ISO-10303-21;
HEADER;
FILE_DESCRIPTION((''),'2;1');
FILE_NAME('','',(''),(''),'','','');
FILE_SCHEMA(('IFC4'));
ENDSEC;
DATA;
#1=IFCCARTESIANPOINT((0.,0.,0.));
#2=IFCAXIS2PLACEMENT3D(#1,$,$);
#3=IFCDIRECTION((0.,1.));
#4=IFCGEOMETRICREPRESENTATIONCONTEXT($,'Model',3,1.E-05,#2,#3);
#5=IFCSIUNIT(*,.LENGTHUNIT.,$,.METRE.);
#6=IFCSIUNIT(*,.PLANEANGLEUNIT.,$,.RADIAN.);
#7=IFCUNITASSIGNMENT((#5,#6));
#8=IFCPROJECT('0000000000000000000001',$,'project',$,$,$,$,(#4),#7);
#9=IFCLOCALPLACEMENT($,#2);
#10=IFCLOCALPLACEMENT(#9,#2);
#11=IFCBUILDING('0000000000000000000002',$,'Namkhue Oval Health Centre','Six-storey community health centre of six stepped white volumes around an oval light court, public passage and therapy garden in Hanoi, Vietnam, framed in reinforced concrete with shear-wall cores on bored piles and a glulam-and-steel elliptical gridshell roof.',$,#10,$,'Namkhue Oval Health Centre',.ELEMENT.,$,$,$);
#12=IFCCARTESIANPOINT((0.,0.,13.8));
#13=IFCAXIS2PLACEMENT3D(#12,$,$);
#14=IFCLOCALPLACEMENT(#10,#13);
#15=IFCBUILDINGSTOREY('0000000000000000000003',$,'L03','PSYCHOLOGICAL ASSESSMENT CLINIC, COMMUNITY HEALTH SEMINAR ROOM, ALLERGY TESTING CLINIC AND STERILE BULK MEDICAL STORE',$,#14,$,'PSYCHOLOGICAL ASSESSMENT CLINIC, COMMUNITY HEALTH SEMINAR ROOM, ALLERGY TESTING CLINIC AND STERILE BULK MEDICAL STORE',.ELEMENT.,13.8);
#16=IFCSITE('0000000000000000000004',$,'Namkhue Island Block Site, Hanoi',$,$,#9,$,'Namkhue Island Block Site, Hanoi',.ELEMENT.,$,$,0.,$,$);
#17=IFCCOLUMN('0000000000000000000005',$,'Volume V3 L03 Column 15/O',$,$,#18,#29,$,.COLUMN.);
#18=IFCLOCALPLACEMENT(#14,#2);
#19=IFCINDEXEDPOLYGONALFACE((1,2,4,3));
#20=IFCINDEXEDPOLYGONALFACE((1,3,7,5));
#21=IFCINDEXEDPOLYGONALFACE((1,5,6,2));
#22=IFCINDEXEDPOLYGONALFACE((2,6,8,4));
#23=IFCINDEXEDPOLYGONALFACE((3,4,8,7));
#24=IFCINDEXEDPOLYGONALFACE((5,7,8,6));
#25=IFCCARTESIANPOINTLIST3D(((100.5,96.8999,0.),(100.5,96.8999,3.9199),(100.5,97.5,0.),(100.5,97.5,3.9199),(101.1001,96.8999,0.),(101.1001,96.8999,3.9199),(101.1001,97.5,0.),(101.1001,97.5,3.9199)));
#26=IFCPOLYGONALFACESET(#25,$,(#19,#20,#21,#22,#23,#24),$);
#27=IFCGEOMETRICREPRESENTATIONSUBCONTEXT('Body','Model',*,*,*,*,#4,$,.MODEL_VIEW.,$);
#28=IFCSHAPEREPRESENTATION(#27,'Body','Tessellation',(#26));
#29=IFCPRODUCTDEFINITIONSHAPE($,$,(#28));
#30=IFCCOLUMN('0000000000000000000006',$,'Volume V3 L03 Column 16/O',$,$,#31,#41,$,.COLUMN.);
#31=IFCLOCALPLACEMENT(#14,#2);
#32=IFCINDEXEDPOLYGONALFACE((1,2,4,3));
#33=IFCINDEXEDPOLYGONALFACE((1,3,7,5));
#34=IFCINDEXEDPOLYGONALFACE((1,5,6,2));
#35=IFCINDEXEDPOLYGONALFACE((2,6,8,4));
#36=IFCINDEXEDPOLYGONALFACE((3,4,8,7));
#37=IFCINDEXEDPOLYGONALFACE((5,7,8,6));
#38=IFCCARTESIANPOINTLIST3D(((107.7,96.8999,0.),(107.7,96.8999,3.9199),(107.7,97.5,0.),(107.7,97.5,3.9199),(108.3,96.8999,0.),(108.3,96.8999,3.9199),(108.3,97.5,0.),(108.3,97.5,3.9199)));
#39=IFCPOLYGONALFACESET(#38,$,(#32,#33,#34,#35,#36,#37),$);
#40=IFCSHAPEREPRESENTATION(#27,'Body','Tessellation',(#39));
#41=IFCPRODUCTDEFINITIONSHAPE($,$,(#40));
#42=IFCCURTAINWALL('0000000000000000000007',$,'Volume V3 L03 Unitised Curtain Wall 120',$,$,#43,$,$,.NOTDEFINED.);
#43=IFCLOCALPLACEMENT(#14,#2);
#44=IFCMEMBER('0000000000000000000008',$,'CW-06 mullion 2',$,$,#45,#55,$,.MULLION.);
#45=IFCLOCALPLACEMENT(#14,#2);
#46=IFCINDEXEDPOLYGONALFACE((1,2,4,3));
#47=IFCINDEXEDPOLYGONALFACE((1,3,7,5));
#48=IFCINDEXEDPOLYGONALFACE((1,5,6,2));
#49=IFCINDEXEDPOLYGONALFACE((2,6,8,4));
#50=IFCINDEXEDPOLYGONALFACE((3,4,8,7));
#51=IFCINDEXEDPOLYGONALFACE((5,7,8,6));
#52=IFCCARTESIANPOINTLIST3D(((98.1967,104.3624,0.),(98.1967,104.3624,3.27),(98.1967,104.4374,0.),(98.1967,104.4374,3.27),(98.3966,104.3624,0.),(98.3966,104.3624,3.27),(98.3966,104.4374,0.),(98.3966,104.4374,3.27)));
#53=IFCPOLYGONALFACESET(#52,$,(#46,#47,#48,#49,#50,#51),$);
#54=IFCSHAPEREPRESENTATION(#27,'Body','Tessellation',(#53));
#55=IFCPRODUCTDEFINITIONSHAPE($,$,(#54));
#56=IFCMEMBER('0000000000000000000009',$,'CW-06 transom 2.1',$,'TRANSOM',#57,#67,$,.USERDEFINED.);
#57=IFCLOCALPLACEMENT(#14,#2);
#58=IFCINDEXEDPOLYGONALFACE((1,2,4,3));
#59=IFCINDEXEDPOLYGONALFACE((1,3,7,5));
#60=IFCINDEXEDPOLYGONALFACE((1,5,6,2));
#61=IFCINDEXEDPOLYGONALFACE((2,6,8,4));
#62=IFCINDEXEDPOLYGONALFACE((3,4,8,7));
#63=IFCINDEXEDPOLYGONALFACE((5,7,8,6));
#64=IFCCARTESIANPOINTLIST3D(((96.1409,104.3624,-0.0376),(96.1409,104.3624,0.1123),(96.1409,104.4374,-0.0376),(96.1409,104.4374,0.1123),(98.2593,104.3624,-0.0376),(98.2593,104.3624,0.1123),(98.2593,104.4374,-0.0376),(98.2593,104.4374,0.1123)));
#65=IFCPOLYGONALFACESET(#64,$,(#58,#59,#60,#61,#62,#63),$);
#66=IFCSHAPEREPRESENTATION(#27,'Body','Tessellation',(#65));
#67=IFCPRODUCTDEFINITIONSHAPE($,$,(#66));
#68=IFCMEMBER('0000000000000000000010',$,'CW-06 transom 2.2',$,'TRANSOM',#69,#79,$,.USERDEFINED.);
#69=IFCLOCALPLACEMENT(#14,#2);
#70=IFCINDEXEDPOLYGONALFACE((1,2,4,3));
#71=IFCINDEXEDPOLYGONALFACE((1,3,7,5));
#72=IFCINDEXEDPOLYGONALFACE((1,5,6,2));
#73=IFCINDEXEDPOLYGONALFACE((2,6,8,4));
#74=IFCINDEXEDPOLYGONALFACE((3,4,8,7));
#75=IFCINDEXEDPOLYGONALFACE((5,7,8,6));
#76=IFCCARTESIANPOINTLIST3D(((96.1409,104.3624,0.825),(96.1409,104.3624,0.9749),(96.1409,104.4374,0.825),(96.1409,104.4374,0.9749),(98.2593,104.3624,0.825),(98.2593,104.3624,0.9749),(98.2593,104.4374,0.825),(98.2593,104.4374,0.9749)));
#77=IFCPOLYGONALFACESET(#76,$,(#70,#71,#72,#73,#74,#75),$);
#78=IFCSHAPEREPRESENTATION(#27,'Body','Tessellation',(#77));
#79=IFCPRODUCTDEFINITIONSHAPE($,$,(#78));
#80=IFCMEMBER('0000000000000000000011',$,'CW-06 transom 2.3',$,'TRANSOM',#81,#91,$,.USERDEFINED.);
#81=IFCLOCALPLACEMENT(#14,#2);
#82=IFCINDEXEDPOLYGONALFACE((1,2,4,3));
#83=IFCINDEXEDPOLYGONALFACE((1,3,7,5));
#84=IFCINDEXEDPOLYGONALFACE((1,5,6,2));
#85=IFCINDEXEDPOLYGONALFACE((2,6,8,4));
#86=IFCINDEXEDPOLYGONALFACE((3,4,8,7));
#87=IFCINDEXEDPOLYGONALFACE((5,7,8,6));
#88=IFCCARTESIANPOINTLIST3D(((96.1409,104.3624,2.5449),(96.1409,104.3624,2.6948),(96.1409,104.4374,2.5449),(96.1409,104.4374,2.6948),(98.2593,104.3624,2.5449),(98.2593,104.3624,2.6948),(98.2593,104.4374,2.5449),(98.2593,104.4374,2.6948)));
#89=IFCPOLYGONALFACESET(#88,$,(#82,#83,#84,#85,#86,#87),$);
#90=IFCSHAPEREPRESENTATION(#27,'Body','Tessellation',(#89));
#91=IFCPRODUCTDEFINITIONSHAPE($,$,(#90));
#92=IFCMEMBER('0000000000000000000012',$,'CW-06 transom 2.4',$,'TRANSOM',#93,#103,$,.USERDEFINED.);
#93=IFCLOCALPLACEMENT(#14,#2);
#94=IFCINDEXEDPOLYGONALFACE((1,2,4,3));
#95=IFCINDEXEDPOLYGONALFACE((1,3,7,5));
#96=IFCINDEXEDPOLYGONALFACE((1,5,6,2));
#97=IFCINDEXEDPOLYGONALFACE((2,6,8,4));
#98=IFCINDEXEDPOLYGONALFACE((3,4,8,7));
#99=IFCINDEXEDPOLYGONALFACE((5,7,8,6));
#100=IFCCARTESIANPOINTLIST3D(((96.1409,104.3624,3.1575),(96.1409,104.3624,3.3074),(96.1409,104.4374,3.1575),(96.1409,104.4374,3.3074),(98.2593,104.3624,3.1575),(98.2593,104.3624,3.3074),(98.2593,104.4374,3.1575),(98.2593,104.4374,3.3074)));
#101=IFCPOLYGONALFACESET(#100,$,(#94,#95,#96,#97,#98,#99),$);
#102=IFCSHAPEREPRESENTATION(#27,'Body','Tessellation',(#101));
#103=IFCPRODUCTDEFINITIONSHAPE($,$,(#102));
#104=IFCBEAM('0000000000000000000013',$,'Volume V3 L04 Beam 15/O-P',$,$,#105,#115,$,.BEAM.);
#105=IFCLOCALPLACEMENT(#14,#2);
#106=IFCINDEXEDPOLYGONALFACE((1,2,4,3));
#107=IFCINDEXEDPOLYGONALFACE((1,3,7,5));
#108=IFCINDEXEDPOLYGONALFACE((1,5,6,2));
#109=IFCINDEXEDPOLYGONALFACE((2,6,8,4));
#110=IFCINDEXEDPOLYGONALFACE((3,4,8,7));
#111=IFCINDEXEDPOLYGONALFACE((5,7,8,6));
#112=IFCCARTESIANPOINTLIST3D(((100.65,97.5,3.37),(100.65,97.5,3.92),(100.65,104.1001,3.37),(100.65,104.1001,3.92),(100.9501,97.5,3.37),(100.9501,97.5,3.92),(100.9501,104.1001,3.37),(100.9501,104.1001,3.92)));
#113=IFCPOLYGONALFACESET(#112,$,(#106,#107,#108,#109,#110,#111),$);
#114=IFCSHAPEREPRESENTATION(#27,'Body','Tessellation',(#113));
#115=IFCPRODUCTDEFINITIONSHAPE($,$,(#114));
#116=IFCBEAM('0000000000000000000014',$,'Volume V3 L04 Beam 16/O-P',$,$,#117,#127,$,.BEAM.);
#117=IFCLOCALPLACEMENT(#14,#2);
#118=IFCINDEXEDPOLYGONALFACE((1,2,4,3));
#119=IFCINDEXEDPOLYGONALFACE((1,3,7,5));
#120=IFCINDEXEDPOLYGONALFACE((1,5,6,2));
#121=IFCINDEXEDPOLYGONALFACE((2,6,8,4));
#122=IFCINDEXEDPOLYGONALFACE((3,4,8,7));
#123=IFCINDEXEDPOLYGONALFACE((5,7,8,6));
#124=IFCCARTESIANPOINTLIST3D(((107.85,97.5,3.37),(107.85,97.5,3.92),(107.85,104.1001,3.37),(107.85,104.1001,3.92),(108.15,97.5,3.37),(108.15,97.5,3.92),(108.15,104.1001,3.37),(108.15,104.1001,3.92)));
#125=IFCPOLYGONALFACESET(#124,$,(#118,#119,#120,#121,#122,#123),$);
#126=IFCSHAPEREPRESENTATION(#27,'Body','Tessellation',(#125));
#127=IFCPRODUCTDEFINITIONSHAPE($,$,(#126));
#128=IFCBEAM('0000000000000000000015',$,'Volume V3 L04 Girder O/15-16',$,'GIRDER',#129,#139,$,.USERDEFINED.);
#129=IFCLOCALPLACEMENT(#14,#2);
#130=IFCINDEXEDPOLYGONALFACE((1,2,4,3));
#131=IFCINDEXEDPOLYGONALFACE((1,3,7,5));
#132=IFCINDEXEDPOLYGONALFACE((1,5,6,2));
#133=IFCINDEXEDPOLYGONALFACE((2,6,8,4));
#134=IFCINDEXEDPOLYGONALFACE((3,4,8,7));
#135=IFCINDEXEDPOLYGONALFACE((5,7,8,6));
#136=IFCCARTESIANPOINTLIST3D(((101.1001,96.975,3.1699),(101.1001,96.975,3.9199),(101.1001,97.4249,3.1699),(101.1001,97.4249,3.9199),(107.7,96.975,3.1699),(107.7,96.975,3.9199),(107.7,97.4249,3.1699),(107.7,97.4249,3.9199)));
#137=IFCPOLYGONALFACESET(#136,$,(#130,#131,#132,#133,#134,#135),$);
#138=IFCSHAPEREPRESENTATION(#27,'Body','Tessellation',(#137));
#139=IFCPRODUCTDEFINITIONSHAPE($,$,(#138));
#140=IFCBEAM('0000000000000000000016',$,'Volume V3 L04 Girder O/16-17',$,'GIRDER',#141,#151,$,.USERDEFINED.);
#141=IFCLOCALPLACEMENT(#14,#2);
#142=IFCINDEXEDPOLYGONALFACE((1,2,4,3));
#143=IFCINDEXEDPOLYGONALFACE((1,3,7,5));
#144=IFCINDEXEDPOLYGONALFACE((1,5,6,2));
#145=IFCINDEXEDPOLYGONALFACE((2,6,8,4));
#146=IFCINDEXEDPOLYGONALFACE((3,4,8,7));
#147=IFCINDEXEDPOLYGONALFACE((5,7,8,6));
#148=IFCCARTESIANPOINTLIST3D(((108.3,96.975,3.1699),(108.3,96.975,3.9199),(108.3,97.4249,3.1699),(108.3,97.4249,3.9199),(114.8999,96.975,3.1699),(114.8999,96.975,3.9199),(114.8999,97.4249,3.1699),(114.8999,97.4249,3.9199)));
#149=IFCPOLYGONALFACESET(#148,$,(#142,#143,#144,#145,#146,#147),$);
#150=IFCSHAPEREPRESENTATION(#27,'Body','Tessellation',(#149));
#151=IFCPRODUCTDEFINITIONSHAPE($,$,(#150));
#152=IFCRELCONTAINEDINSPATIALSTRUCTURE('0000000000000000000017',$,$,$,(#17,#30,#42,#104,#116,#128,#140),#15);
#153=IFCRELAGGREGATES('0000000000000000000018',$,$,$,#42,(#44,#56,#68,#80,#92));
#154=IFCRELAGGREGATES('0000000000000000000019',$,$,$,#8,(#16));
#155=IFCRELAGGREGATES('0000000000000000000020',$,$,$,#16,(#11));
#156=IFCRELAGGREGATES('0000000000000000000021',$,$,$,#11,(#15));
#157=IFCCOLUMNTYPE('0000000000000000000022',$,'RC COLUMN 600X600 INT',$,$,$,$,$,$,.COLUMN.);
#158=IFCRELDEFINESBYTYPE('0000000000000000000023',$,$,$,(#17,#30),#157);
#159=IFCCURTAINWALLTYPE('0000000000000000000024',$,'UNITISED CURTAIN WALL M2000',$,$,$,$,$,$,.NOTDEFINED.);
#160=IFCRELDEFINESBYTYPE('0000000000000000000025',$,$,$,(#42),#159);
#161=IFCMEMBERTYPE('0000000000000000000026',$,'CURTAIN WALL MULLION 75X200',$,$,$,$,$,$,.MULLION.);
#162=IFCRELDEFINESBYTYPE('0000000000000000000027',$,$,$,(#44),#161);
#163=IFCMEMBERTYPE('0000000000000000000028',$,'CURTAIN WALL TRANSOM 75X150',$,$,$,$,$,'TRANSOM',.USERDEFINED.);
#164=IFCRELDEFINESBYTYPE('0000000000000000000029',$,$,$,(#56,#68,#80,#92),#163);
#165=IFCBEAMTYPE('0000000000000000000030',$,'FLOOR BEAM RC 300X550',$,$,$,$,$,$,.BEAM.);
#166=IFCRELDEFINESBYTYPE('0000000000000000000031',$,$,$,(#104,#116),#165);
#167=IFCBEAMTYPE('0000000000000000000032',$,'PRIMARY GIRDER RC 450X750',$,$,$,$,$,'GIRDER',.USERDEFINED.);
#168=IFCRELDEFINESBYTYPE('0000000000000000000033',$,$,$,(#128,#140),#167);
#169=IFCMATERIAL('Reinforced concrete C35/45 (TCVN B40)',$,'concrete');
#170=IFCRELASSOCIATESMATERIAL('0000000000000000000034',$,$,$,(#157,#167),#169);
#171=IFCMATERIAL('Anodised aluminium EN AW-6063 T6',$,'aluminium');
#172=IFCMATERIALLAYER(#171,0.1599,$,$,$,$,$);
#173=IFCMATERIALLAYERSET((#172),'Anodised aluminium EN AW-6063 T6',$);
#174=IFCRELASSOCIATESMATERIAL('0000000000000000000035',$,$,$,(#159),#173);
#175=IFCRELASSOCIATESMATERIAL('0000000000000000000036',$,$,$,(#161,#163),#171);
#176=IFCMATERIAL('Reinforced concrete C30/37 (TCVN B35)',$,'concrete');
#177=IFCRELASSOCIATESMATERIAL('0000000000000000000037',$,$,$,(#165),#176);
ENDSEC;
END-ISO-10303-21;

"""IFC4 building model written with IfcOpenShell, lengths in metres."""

from ifc_helpers import new_model, si_unit, direction, frame, origin, origin_2d, place, context, subcontext, project, spatial, rectangle, extrude, material, layer, layer_set, material_profile, profile_set, type_object, element, aggregate, save


model = new_model("IFC4")

# Units and contexts
model_context = context("Model", 3, precision=1e-05, world=origin(), true_north=direction((0.0, 1.0)))
body_context = subcontext(model_context, "Body", "Model", "MODEL_VIEW")
ifc_project = project(units=[si_unit("LENGTHUNIT", "METRE"), si_unit("PLANEANGLEUNIT", "RADIAN")], contexts=[model_context])

# Site, building, storey
site_placement = place(None, origin())
site = spatial("IfcSite", under=ifc_project, at=site_placement, Name="Namkhue Island Block Site, Hanoi", LongName="Namkhue Island Block Site, Hanoi", CompositionType="ELEMENT", RefElevation=0.0)
building_placement = place(site_placement, origin())
building = spatial("IfcBuilding", under=site, at=building_placement, Name="Namkhue Oval Health Centre", Description="Six-storey community health centre of six stepped white volumes around an oval light court, public passage and therapy garden in Hanoi, Vietnam, framed in reinforced concrete with shear-wall cores on bored piles and a glulam-and-steel elliptical gridshell roof.", LongName="Namkhue Oval Health Centre", CompositionType="ELEMENT")
storey_placement = place(building_placement, frame((0.0, 0.0, 13.8)))
storey = spatial("IfcBuildingStorey", under=building, at=storey_placement, Name="L03", Description="PSYCHOLOGICAL ASSESSMENT CLINIC, COMMUNITY HEALTH SEMINAR ROOM, ALLERGY TESTING CLINIC AND STERILE BULK MEDICAL STORE", LongName="PSYCHOLOGICAL ASSESSMENT CLINIC, COMMUNITY HEALTH SEMINAR ROOM, ALLERGY TESTING CLINIC AND STERILE BULK MEDICAL STORE", CompositionType="ELEMENT", Elevation=13.8)

# Columns
ifc_material_1 = material(Name="Reinforced concrete C35/45 (TCVN B40)", Category="concrete")
ifc_material_profile_1 = material_profile(ifc_material_1, rectangle(XDim=0.6001, YDim=0.6001, at=origin_2d()), Name="RC 600x600")
ifc_profile_set_1 = profile_set([ifc_material_profile_1], Name="Reinforced concrete C35/45 (TCVN B40)")
column_type = type_object("IfcColumnType", Name="RC COLUMN 600X600 INT", PredefinedType="COLUMN", material=ifc_profile_set_1)
for number, where, z_axis, x_axis, name in (
    (1, (100.8, 97.2, 0.0), (0.0, 0.0, 1.0), (1.0, 0.0, 0.0), "Volume V3 L03 Column 15/O"),
    (2, (108.0, 97.2, 0.0), (0.0, 0.0, 1.0), (1.0, 0.0, 0.0), "Volume V3 L03 Column 16/O"),
):
    element("IfcColumn", number, at=place(storey_placement, frame(where, z_axis=z_axis, x_axis=x_axis)), inside=storey, type_object=column_type, Name=name, PredefinedType="COLUMN", context=body_context, shape_type="SweptSolid", body=[
        extrude(rectangle(XDim=0.6001, YDim=0.6001, at=origin_2d()), origin(), (0.0, 0.0, 1.0), 3.9199),
    ])

# Curtain wall, members
ifc_material_2 = material(Name="Anodised aluminium EN AW-6063 T6", Category="aluminium")
ifc_layer_1 = layer(ifc_material_2, 0.1599)
ifc_layer_set_1 = layer_set([ifc_layer_1], Name="Anodised aluminium EN AW-6063 T6")
curtain_wall_type = type_object("IfcCurtainWallType", Name="UNITISED CURTAIN WALL M2000", PredefinedType="NOTDEFINED", material=ifc_layer_set_1)
curtain_wall_placement = place(storey_placement, origin())
curtain_wall = element("IfcCurtainWall", 3, at=curtain_wall_placement, inside=storey, type_object=curtain_wall_type, Name="Volume V3 L03 Unitised Curtain Wall 120", PredefinedType="NOTDEFINED")
ifc_material_profile_2 = material_profile(ifc_material_2, rectangle(XDim=0.075, YDim=0.2, at=origin_2d()), Name="ALU 75x200")
ifc_profile_set_2 = profile_set([ifc_material_profile_2], Name="Anodised aluminium EN AW-6063 T6")
member_type_1 = type_object("IfcMemberType", Name="CURTAIN WALL MULLION 75X200", PredefinedType="MULLION", material=ifc_profile_set_2)
member_1_placement = place(storey_placement, frame((98.2966, 104.3999, 0.0), z_axis=(0.0, 0.0, 1.0), x_axis=(0.0, -1.0, 0.0)))
member_1 = element("IfcMember", 4, at=member_1_placement, type_object=member_type_1, Name="CW-06 mullion 2", PredefinedType="MULLION", context=body_context, shape_type="SweptSolid", body=[
    extrude(rectangle(XDim=0.075, YDim=0.2, at=origin_2d()), origin(), (0.0, 0.0, 1.0), 3.27),
])
ifc_material_profile_3 = material_profile(ifc_material_2, rectangle(XDim=0.075, YDim=0.1499, at=origin_2d()), Name="ALU 75x150")
ifc_profile_set_3 = profile_set([ifc_material_profile_3], Name="Anodised aluminium EN AW-6063 T6")
member_type_2 = type_object("IfcMemberType", Name="CURTAIN WALL TRANSOM 75X150", ElementType="TRANSOM", PredefinedType="USERDEFINED", material=ifc_profile_set_3)
member_2_placement = place(storey_placement, frame((98.2593, 104.3999, 0.0374), z_axis=(-1.0, 0.0, 0.0), x_axis=(0.0, -1.0, 0.0)))
member_2 = element("IfcMember", 5, at=member_2_placement, type_object=member_type_2, Name="CW-06 transom 2.1", ObjectType="TRANSOM", PredefinedType="USERDEFINED", context=body_context, shape_type="SweptSolid", body=[
    extrude(rectangle(XDim=0.075, YDim=0.1499, at=origin_2d()), origin(), (0.0, 0.0, 1.0), 2.1184),
])
member_3_placement = place(storey_placement, frame((98.2593, 104.3999, 0.8999), z_axis=(-1.0, 0.0, 0.0), x_axis=(0.0, -1.0, 0.0)))
member_3 = element("IfcMember", 6, at=member_3_placement, type_object=member_type_2, Name="CW-06 transom 2.2", ObjectType="TRANSOM", PredefinedType="USERDEFINED", context=body_context, shape_type="SweptSolid", body=[
    extrude(rectangle(XDim=0.075, YDim=0.1499, at=origin_2d()), origin(), (0.0, 0.0, 1.0), 2.1184),
])
member_4_placement = place(storey_placement, frame((98.2593, 104.3999, 2.6199), z_axis=(-1.0, 0.0, 0.0), x_axis=(0.0, -1.0, 0.0)))
member_4 = element("IfcMember", 7, at=member_4_placement, type_object=member_type_2, Name="CW-06 transom 2.3", ObjectType="TRANSOM", PredefinedType="USERDEFINED", context=body_context, shape_type="SweptSolid", body=[
    extrude(rectangle(XDim=0.075, YDim=0.1499, at=origin_2d()), origin(), (0.0, 0.0, 1.0), 2.1184),
])
member_5_placement = place(storey_placement, frame((98.2593, 104.3999, 3.2324), z_axis=(-1.0, 0.0, 0.0), x_axis=(0.0, -1.0, 0.0)))
member_5 = element("IfcMember", 8, at=member_5_placement, type_object=member_type_2, Name="CW-06 transom 2.4", ObjectType="TRANSOM", PredefinedType="USERDEFINED", context=body_context, shape_type="SweptSolid", body=[
    extrude(rectangle(XDim=0.075, YDim=0.1499, at=origin_2d()), origin(), (0.0, 0.0, 1.0), 2.1184),
])

# Beams
ifc_material_3 = material(Name="Reinforced concrete C30/37 (TCVN B35)", Category="concrete")
ifc_material_profile_4 = material_profile(ifc_material_3, rectangle(XDim=0.3, YDim=0.55, at=origin_2d()), Name="RC 300x550")
ifc_profile_set_4 = profile_set([ifc_material_profile_4], Name="Reinforced concrete C30/37 (TCVN B35)")
beam_type_1 = type_object("IfcBeamType", Name="FLOOR BEAM RC 300X550", PredefinedType="BEAM", material=ifc_profile_set_4)
for number, where, z_axis, x_axis, name in (
    (9, (100.8, 97.5, 3.645), (0.0, 1.0, 0.0), (-1.0, 0.0, 0.0), "Volume V3 L04 Beam 15/O-P"),
    (10, (108.0, 97.5, 3.645), (0.0, 1.0, 0.0), (-1.0, 0.0, 0.0), "Volume V3 L04 Beam 16/O-P"),
):
    element("IfcBeam", number, at=place(storey_placement, frame(where, z_axis=z_axis, x_axis=x_axis)), inside=storey, type_object=beam_type_1, Name=name, PredefinedType="BEAM", context=body_context, shape_type="SweptSolid", body=[
        extrude(rectangle(XDim=0.3, YDim=0.55, at=origin_2d()), origin(), (0.0, 0.0, 1.0), 6.6001),
    ])
ifc_material_profile_5 = material_profile(ifc_material_1, rectangle(XDim=0.45, YDim=0.75, at=origin_2d()), Name="RC 450x750")
ifc_profile_set_5 = profile_set([ifc_material_profile_5], Name="Reinforced concrete C35/45 (TCVN B40)")
beam_type_2 = type_object("IfcBeamType", Name="PRIMARY GIRDER RC 450X750", ElementType="GIRDER", PredefinedType="USERDEFINED", material=ifc_profile_set_5)
for number, where, z_axis, x_axis, name in (
    (11, (101.1001, 97.2, 3.5449), (1.0, 0.0, 0.0), (0.0, 1.0, 0.0), "Volume V3 L04 Girder O/15-16"),
    (12, (108.3, 97.2, 3.5449), (1.0, 0.0, 0.0), (0.0, 1.0, 0.0), "Volume V3 L04 Girder O/16-17"),
):
    element("IfcBeam", number, at=place(storey_placement, frame(where, z_axis=z_axis, x_axis=x_axis)), inside=storey, type_object=beam_type_2, Name=name, ObjectType="GIRDER", PredefinedType="USERDEFINED", context=body_context, shape_type="SweptSolid", body=[
        extrude(rectangle(XDim=0.45, YDim=0.75, at=origin_2d()), origin(), (0.0, 0.0, 1.0), 6.5999),
    ])

aggregate(curtain_wall, [member_1, member_2, member_3, member_4, member_5])

save(model, "model.ifc")
